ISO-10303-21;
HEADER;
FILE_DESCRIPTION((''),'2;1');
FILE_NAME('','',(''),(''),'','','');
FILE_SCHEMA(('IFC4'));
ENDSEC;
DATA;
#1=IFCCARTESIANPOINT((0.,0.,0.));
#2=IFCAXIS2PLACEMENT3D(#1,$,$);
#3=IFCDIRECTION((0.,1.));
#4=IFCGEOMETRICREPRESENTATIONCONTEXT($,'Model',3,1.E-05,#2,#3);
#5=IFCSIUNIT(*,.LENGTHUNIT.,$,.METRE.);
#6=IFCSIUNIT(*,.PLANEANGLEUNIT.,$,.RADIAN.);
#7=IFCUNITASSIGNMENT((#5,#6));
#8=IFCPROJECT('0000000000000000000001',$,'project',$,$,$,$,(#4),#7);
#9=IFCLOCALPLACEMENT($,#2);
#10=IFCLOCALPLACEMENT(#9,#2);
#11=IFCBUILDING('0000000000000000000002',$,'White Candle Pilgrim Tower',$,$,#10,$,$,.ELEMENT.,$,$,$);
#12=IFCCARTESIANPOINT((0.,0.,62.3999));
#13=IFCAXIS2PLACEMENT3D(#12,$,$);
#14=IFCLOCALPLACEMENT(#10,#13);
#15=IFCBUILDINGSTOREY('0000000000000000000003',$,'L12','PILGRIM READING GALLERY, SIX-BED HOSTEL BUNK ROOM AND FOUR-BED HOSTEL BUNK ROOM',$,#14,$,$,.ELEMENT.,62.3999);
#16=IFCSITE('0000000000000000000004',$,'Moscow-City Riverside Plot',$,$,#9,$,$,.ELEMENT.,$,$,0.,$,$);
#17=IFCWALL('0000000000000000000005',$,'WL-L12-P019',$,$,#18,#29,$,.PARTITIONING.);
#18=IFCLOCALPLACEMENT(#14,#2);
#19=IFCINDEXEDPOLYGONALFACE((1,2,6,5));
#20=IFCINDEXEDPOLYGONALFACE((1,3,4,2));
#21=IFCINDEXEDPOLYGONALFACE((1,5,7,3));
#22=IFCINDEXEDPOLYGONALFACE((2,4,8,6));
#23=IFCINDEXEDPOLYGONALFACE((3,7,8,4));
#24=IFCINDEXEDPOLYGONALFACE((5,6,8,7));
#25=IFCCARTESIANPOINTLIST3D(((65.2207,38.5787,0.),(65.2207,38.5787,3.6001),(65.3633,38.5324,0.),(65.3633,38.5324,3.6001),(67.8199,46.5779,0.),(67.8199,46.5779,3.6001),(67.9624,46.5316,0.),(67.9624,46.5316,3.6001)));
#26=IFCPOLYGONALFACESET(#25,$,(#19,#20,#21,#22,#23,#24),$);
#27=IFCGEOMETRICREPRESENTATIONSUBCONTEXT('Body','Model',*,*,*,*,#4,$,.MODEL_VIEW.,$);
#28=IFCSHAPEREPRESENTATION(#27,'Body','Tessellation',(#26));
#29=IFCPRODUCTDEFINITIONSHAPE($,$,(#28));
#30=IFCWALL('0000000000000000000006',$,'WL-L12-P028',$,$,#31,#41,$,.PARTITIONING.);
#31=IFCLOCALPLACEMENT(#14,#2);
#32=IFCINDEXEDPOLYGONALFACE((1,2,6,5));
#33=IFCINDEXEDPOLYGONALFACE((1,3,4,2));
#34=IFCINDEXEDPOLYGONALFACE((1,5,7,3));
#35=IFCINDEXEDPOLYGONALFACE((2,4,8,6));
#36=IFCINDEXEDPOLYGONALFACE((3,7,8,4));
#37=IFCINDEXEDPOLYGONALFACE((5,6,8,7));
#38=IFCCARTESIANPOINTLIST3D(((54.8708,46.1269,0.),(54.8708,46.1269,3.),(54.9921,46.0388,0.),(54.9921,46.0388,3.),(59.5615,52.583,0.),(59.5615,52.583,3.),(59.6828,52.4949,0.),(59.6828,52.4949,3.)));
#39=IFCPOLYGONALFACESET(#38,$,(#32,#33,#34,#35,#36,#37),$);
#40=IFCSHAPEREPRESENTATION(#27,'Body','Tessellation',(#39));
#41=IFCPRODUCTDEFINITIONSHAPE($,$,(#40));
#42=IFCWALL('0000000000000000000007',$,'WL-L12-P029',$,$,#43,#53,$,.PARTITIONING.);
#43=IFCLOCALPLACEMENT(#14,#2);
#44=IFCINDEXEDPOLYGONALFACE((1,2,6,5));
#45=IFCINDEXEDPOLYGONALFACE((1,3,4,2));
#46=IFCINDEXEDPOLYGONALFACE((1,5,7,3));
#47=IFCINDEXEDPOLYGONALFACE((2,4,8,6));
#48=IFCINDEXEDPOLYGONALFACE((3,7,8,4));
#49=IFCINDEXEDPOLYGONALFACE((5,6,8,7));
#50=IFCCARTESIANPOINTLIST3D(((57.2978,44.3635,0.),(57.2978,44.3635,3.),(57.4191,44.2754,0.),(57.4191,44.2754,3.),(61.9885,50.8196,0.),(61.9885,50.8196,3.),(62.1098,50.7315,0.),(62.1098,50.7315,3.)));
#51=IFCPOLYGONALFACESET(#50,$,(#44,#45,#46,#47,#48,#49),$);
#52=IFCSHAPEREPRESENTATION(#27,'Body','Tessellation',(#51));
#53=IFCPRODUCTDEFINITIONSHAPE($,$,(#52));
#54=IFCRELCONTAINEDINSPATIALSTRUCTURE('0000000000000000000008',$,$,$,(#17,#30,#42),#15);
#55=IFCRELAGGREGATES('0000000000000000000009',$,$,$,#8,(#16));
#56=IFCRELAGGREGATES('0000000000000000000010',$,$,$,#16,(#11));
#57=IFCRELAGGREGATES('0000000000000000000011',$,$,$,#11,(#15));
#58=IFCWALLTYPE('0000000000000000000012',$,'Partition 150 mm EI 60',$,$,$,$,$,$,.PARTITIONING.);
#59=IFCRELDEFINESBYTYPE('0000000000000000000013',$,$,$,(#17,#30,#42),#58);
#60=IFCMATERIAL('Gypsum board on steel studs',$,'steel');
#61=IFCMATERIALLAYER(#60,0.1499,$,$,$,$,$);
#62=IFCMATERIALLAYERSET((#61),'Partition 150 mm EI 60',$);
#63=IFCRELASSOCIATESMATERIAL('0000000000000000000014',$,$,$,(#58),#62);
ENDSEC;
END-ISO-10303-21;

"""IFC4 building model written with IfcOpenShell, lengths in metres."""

from ifc_helpers import new_model, si_unit, direction, frame, frame_2d, origin, place, context, subcontext, project, spatial, rectangle, extrude, material, layer, layer_set, type_object, element, save


model = new_model("IFC4")

# Units and contexts
model_context = context("Model", 3, precision=1e-05, world=origin(), true_north=direction((0.0, 1.0)))
body_context = subcontext(model_context, "Body", "Model", "MODEL_VIEW")
ifc_project = project(units=[si_unit("LENGTHUNIT", "METRE"), si_unit("PLANEANGLEUNIT", "RADIAN")], contexts=[model_context])

# Site, building, storey
site_placement = place(None, origin())
site = spatial("IfcSite", under=ifc_project, at=site_placement, Name="Moscow-City Riverside Plot", CompositionType="ELEMENT", RefElevation=0.0)
building_placement = place(site_placement, origin())
building = spatial("IfcBuilding", under=site, at=building_placement, Name="White Candle Pilgrim Tower", CompositionType="ELEMENT")
storey_placement = place(building_placement, frame((0.0, 0.0, 62.3999)))
storey = spatial("IfcBuildingStorey", under=building, at=storey_placement, Name="L12", Description="PILGRIM READING GALLERY, SIX-BED HOSTEL BUNK ROOM AND FOUR-BED HOSTEL BUNK ROOM", CompositionType="ELEMENT", Elevation=62.3999)

# Shared definitions
ifc_material_1 = material(Name="Gypsum board on steel studs", Category="steel")

# Walls
ifc_layer_1 = layer(ifc_material_1, 0.1499)
ifc_layer_set_1 = layer_set([ifc_layer_1], Name="Partition 150 mm EI 60")
wall_type_1 = type_object("IfcWallType", Name="Partition 150 mm EI 60", PredefinedType="PARTITIONING", material=ifc_layer_set_1)
wall_1_placement = place(storey_placement, frame((65.292, 38.5554, 0.0), z_axis=(0.0, 0.0, 1.0), x_axis=(0.309017, 0.951056, 0.0)))
element("IfcWall", 1, at=wall_1_placement, inside=storey, type_object=wall_type_1, Name="WL-L12-P019", PredefinedType="PARTITIONING", context=body_context, shape_type="SweptSolid", body=[
    extrude(rectangle(XDim=8.4109, YDim=0.1499, at=frame_2d((4.2056, 0.0))), origin(), (0.0, 0.0, 1.0), 3.6001),
])
for number, where, z_axis, x_axis, name in (
    (2, (54.9314, 46.0828, 0.0), (0.0, 0.0, 1.0), (0.587791, 0.809012, 0.0), "WL-L12-P028"),
    (3, (57.3584, 44.3193, 0.0), (0.0, 0.0, 1.0), (0.587791, 0.809012, 0.0), "WL-L12-P029"),
):
    element("IfcWall", number, at=place(storey_placement, frame(where, z_axis=z_axis, x_axis=x_axis)), inside=storey, type_object=wall_type_1, Name=name, PredefinedType="PARTITIONING", context=body_context, shape_type="SweptSolid", body=[
        extrude(rectangle(XDim=7.9802, YDim=0.1499, at=frame_2d((3.9902, 0.0))), origin(), (0.0, 0.0, 1.0), 3.0),
    ])

save(model, "model.ifc")
